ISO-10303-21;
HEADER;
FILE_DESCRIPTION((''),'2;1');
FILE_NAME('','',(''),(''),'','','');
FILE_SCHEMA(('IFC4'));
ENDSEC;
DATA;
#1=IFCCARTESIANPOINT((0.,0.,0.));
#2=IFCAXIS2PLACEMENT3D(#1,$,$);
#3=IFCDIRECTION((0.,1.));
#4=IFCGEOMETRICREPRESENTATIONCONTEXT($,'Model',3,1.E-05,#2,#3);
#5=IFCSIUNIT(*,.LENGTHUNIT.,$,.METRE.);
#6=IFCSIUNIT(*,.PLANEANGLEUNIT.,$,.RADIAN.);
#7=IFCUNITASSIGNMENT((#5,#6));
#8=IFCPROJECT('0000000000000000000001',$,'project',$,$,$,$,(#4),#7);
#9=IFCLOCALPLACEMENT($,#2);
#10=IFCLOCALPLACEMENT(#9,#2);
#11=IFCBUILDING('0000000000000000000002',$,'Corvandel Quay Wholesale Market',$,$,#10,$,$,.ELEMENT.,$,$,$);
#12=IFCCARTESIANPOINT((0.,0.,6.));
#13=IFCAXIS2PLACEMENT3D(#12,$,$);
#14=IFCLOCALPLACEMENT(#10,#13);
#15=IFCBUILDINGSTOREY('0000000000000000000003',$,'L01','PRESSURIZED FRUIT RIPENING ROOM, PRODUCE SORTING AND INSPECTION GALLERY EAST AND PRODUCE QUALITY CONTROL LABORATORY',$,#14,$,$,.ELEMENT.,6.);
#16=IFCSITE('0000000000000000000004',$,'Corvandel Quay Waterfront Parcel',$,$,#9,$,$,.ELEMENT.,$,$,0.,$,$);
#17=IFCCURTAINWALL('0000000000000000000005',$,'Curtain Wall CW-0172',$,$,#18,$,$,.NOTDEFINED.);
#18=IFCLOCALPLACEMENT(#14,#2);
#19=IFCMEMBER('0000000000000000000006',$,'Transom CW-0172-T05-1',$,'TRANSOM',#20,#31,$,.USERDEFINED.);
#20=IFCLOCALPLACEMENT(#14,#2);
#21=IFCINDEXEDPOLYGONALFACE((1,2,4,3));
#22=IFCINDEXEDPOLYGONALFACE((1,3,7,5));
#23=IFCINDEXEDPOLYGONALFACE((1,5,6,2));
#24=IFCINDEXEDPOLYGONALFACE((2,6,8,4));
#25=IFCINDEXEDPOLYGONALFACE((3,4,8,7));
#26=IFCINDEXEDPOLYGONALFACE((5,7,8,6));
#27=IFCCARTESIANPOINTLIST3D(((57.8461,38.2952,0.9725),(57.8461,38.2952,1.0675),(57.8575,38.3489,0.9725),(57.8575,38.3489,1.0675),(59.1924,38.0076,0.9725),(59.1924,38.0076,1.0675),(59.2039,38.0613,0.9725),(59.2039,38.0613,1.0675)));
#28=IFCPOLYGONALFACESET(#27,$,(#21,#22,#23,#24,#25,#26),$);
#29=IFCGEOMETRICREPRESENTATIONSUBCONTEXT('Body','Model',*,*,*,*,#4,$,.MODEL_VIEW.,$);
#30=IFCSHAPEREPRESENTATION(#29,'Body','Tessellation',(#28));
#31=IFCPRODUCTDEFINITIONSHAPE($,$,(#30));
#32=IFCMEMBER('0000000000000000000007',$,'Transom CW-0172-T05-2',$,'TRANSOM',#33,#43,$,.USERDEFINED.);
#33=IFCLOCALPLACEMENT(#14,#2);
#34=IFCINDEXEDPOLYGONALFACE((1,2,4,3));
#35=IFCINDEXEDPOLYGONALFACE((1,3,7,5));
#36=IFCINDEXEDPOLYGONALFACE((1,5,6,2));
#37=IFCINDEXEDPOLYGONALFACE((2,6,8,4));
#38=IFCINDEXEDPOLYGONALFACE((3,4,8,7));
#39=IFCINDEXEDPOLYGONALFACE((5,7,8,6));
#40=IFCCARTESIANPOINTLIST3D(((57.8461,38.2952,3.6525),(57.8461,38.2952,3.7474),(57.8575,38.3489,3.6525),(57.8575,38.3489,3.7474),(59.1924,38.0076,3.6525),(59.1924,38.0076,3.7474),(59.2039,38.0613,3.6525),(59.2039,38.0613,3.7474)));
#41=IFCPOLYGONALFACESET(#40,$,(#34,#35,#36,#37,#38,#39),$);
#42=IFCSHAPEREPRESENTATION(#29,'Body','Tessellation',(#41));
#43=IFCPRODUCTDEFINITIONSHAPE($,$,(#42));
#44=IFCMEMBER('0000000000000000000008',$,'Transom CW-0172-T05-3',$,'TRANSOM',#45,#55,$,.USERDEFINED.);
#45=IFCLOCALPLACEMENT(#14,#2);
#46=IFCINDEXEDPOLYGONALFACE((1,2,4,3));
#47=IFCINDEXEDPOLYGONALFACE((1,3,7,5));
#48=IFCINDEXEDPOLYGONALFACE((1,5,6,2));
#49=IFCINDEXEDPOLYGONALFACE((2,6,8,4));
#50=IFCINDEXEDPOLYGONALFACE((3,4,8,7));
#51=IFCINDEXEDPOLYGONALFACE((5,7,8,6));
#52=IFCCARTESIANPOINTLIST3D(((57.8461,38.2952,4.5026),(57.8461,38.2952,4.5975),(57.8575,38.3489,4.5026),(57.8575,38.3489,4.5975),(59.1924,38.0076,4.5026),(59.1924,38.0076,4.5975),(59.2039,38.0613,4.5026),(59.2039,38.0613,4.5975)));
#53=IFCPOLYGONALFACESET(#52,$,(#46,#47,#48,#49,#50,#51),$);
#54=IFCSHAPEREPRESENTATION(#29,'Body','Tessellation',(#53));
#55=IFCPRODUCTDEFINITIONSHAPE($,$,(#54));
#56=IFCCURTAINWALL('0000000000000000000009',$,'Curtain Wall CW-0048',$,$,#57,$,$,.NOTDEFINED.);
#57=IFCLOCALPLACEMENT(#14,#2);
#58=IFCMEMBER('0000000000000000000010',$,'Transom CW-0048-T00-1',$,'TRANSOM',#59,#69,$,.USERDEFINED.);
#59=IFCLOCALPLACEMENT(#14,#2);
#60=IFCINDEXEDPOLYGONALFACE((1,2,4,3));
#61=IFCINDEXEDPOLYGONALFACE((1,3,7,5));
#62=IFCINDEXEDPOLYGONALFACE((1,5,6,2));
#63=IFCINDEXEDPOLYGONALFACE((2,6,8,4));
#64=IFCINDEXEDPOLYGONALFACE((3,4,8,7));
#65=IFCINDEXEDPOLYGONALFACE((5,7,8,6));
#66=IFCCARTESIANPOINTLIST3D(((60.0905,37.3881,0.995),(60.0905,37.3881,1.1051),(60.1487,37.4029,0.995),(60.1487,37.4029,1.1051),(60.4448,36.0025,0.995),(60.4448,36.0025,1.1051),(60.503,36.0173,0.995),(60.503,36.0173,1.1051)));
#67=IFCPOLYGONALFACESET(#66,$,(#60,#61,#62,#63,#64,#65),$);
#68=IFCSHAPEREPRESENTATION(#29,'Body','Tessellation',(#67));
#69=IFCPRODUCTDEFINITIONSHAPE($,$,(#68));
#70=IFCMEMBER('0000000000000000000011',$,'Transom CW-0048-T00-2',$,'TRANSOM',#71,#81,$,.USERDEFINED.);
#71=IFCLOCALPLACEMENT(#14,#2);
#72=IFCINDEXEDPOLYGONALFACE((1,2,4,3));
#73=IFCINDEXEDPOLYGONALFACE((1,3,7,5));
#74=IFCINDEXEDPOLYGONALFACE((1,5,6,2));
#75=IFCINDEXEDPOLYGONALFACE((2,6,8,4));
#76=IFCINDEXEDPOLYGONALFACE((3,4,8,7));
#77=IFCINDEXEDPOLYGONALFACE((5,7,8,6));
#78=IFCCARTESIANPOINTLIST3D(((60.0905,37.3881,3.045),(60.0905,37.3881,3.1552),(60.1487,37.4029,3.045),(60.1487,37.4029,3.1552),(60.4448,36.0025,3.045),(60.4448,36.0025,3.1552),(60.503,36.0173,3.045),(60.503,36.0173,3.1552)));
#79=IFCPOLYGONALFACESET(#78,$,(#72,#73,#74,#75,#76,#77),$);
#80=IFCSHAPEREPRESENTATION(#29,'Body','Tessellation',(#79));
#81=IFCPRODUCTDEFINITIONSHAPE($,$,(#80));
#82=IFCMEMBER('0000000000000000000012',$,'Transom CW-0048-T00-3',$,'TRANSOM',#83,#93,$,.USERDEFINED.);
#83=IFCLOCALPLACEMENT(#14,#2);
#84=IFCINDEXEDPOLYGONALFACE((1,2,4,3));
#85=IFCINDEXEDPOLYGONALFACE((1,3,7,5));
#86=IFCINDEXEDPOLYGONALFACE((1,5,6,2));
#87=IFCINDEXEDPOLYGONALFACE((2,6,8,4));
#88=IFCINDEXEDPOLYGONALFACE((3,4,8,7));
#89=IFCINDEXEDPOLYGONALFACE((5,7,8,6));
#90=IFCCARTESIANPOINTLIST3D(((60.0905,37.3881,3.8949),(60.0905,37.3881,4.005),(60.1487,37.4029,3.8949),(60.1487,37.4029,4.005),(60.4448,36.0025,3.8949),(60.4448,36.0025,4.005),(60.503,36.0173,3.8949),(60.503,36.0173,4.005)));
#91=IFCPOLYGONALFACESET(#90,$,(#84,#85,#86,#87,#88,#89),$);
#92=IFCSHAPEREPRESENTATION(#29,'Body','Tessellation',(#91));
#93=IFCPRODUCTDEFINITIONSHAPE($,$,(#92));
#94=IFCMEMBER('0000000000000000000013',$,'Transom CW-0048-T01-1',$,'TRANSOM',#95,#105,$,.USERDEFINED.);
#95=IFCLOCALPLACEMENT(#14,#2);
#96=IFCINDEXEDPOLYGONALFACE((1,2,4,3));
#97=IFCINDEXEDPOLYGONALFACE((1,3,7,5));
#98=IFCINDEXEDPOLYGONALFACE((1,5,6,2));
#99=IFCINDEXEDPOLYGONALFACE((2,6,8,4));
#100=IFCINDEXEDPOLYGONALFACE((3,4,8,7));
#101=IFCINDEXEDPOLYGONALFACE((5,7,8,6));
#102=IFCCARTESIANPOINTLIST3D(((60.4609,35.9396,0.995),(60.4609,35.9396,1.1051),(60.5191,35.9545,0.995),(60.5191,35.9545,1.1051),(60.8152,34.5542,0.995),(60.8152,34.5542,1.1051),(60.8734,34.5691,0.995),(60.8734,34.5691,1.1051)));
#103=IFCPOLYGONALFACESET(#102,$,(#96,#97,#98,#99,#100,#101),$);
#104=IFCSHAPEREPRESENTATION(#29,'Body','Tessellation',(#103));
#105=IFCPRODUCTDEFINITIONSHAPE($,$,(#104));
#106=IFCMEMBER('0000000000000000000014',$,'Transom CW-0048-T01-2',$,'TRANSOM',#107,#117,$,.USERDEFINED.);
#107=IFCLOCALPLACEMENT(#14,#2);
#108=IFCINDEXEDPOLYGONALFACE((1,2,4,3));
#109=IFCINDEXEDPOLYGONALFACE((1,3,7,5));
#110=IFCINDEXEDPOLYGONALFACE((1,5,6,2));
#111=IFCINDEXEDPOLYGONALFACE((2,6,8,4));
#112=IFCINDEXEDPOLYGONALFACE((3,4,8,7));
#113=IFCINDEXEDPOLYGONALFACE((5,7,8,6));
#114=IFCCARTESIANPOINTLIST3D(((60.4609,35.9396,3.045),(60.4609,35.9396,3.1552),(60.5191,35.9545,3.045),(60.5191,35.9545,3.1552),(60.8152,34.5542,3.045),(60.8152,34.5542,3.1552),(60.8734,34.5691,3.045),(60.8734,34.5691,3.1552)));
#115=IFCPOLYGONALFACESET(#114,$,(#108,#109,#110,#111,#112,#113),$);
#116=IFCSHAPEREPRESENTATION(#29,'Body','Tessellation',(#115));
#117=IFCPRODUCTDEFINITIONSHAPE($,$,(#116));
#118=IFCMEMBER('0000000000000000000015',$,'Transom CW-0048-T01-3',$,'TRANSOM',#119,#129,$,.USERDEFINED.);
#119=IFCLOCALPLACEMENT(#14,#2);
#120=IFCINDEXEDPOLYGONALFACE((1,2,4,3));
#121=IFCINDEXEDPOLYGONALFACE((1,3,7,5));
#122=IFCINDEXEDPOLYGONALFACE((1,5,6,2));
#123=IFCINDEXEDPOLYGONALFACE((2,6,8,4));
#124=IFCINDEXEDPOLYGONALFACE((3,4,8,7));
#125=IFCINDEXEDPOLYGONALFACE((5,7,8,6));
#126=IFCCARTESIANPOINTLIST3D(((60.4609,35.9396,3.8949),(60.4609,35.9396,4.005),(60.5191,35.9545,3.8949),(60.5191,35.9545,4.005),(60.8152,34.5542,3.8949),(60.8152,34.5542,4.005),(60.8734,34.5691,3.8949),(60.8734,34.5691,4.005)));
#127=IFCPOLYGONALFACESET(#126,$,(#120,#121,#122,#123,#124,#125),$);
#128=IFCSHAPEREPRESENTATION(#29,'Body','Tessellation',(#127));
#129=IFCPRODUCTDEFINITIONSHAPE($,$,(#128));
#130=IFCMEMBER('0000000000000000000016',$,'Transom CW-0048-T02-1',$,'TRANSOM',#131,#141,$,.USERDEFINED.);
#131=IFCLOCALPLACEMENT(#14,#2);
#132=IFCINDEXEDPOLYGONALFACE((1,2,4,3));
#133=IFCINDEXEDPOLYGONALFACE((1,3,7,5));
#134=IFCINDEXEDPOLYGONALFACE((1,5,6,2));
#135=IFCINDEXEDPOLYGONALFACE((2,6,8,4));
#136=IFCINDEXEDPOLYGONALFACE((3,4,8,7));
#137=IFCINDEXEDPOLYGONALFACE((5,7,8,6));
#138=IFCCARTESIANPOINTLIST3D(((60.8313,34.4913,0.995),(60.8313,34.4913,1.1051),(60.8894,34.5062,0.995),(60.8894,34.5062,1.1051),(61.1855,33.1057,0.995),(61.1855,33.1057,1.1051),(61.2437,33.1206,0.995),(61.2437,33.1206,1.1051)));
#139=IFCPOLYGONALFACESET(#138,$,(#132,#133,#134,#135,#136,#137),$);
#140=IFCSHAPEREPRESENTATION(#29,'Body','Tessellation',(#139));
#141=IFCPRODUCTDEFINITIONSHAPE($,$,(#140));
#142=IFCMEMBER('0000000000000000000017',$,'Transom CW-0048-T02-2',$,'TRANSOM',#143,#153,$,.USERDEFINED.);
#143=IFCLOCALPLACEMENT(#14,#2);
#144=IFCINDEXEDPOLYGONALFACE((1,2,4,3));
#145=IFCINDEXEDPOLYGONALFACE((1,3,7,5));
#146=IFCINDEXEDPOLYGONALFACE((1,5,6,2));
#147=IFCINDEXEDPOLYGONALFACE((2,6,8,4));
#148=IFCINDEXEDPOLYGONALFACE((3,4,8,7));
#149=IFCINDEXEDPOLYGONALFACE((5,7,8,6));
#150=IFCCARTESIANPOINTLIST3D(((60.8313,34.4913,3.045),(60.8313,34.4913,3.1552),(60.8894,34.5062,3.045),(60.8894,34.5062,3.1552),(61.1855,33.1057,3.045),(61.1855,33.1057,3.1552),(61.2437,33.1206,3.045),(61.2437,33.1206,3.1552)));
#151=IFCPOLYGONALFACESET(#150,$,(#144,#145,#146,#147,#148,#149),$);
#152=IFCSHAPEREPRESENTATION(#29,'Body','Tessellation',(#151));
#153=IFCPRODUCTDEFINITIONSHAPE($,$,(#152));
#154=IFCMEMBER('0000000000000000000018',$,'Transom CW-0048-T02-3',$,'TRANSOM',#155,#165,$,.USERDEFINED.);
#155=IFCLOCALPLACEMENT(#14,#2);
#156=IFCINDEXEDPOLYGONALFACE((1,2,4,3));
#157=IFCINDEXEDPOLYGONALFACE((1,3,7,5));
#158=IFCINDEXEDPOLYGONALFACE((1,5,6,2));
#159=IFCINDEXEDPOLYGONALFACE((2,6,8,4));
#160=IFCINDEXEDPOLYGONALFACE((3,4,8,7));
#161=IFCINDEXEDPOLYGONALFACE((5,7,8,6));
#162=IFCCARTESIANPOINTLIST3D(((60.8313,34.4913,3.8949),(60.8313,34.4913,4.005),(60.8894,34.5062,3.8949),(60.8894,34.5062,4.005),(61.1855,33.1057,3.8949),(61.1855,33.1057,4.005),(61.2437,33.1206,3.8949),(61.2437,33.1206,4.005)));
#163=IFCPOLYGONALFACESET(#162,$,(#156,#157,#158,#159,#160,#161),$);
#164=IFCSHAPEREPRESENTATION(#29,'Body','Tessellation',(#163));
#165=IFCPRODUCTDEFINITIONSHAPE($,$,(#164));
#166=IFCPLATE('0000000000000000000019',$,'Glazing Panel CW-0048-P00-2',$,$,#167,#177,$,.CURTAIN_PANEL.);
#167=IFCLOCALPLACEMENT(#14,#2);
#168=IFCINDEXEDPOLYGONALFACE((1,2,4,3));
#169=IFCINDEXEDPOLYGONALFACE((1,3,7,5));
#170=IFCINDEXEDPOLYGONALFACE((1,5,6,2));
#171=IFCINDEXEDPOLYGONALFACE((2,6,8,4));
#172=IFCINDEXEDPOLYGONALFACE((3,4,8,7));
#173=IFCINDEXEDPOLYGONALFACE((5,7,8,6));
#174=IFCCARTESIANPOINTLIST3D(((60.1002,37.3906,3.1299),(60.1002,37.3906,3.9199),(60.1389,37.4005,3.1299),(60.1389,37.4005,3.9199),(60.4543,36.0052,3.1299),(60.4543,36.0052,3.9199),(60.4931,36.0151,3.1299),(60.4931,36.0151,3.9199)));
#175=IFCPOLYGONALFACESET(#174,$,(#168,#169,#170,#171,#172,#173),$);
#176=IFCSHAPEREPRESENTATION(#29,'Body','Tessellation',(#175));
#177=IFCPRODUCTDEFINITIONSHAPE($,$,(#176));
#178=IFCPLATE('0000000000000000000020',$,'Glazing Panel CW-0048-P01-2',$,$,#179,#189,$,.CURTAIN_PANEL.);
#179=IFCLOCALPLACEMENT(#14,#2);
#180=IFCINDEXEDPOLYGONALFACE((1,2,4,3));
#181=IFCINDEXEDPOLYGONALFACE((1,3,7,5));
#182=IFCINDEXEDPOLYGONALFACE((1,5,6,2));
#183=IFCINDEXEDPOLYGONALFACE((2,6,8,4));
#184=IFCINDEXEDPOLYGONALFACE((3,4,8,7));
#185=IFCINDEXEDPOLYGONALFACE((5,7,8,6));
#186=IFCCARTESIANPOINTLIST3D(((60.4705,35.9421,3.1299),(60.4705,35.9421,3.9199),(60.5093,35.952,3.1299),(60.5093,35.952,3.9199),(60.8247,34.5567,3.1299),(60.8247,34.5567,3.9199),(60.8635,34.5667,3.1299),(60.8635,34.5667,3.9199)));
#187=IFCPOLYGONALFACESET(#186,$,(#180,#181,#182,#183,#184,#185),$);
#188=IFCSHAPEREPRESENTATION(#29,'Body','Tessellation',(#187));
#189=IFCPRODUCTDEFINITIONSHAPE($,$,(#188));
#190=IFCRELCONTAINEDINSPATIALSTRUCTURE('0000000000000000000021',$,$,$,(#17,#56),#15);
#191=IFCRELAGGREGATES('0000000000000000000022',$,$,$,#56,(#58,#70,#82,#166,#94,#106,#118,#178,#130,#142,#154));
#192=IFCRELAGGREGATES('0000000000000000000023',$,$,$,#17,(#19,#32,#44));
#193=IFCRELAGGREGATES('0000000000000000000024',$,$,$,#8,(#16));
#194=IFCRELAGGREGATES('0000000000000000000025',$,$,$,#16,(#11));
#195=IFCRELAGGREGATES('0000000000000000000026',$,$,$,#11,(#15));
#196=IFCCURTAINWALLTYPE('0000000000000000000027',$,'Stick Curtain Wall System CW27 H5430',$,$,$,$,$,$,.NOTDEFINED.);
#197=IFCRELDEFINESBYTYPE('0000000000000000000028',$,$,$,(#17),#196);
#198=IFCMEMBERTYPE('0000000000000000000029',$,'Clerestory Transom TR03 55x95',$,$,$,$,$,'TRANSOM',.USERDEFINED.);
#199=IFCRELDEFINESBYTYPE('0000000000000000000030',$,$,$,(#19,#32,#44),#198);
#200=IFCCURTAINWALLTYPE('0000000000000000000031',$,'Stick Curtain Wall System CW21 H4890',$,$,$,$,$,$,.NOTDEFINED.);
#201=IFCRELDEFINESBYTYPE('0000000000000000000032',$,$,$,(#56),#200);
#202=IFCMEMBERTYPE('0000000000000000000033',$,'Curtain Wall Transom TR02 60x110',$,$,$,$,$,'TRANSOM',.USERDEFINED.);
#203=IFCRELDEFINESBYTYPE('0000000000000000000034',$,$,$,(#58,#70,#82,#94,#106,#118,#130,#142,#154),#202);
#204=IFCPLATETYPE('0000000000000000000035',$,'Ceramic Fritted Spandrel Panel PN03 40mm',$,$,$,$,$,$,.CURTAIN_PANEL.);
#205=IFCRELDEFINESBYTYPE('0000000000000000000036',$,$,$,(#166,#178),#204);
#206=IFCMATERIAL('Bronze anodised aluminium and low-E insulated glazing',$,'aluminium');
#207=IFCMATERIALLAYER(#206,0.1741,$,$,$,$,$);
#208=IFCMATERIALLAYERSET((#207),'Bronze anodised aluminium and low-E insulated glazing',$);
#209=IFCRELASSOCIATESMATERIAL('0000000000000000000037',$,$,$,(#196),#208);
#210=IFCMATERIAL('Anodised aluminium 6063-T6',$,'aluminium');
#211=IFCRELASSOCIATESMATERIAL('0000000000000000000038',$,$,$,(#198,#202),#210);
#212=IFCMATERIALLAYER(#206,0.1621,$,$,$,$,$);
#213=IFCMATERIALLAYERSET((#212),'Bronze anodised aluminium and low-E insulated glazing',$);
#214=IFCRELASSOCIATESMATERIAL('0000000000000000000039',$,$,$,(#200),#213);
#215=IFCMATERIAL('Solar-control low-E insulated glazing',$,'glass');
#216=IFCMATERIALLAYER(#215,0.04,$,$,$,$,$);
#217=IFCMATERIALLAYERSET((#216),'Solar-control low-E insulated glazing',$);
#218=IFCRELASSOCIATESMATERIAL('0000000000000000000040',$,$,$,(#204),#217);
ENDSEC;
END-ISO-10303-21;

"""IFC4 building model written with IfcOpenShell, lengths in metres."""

from ifc_helpers import new_model, si_unit, direction, frame, origin, origin_2d, place, context, subcontext, project, spatial, rectangle, extrude, material, layer, layer_set, material_profile, profile_set, type_object, element, aggregate, save


model = new_model("IFC4")

# Units and contexts
model_context = context("Model", 3, precision=1e-05, world=origin(), true_north=direction((0.0, 1.0)))
body_context = subcontext(model_context, "Body", "Model", "MODEL_VIEW")
ifc_project = project(units=[si_unit("LENGTHUNIT", "METRE"), si_unit("PLANEANGLEUNIT", "RADIAN")], contexts=[model_context])

# Site, building, storey
site_placement = place(None, origin())
site = spatial("IfcSite", under=ifc_project, at=site_placement, Name="Corvandel Quay Waterfront Parcel", CompositionType="ELEMENT", RefElevation=0.0)
building_placement = place(site_placement, origin())
building = spatial("IfcBuilding", under=site, at=building_placement, Name="Corvandel Quay Wholesale Market", CompositionType="ELEMENT")
storey_placement = place(building_placement, frame((0.0, 0.0, 6.0)))
storey = spatial("IfcBuildingStorey", under=building, at=storey_placement, Name="L01", Description="PRESSURIZED FRUIT RIPENING ROOM, PRODUCE SORTING AND INSPECTION GALLERY EAST AND PRODUCE QUALITY CONTROL LABORATORY", CompositionType="ELEMENT", Elevation=6.0)

# Curtain wall, members
ifc_material_1 = material(Name="Bronze anodised aluminium and low-E insulated glazing", Category="aluminium")
ifc_layer_1 = layer(ifc_material_1, 0.1741)
ifc_layer_set_1 = layer_set([ifc_layer_1], Name="Bronze anodised aluminium and low-E insulated glazing")
curtain_wall_type_1 = type_object("IfcCurtainWallType", Name="Stick Curtain Wall System CW27 H5430", PredefinedType="NOTDEFINED", material=ifc_layer_set_1)
curtain_wall_1_placement = place(storey_placement, origin())
curtain_wall_1 = element("IfcCurtainWall", 1, at=curtain_wall_1_placement, inside=storey, type_object=curtain_wall_type_1, Name="Curtain Wall CW-0172", PredefinedType="NOTDEFINED")
ifc_material_2 = material(Name="Anodised aluminium 6063-T6", Category="aluminium")
ifc_material_profile_1 = material_profile(ifc_material_2, rectangle(XDim=0.0549, YDim=0.095, at=origin_2d()), Name="ALU-TRN-55x95")
ifc_profile_set_1 = profile_set([ifc_material_profile_1], Name="Anodised aluminium 6063-T6")
member_type_1 = type_object("IfcMemberType", Name="Clerestory Transom TR03 55x95", ElementType="TRANSOM", PredefinedType="USERDEFINED", material=ifc_profile_set_1)
member_1_placement = place(storey_placement, frame((57.8518, 38.322, 1.02), z_axis=(0.97794, -0.208887, 0.0), x_axis=(0.208887, 0.97794, 0.0)))
member_1 = element("IfcMember", 2, at=member_1_placement, type_object=member_type_1, Name="Transom CW-0172-T05-1", ObjectType="TRANSOM", PredefinedType="USERDEFINED", context=body_context, shape_type="SweptSolid", body=[
    extrude(rectangle(XDim=0.0549, YDim=0.095, at=origin_2d()), origin(), (0.0, 0.0, 1.0), 1.3767),
])
member_2_placement = place(storey_placement, frame((57.8518, 38.322, 3.7), z_axis=(0.97794, -0.208887, 0.0), x_axis=(0.208887, 0.97794, 0.0)))
member_2 = element("IfcMember", 3, at=member_2_placement, type_object=member_type_1, Name="Transom CW-0172-T05-2", ObjectType="TRANSOM", PredefinedType="USERDEFINED", context=body_context, shape_type="SweptSolid", body=[
    extrude(rectangle(XDim=0.0549, YDim=0.095, at=origin_2d()), origin(), (0.0, 0.0, 1.0), 1.3767),
])
member_3_placement = place(storey_placement, frame((57.8518, 38.322, 4.55), z_axis=(0.97794, -0.208887, 0.0), x_axis=(0.208887, 0.97794, 0.0)))
member_3 = element("IfcMember", 4, at=member_3_placement, type_object=member_type_1, Name="Transom CW-0172-T05-3", ObjectType="TRANSOM", PredefinedType="USERDEFINED", context=body_context, shape_type="SweptSolid", body=[
    extrude(rectangle(XDim=0.0549, YDim=0.095, at=origin_2d()), origin(), (0.0, 0.0, 1.0), 1.3767),
])

# Curtain wall, members, plates
ifc_layer_2 = layer(ifc_material_1, 0.1621)
ifc_layer_set_2 = layer_set([ifc_layer_2], Name="Bronze anodised aluminium and low-E insulated glazing")
curtain_wall_type_2 = type_object("IfcCurtainWallType", Name="Stick Curtain Wall System CW21 H4890", PredefinedType="NOTDEFINED", material=ifc_layer_set_2)
curtain_wall_2_placement = place(storey_placement, origin())
curtain_wall_2 = element("IfcCurtainWall", 5, at=curtain_wall_2_placement, inside=storey, type_object=curtain_wall_type_2, Name="Curtain Wall CW-0048", PredefinedType="NOTDEFINED")
ifc_material_profile_2 = material_profile(ifc_material_2, rectangle(XDim=0.0601, YDim=0.1101, at=origin_2d()), Name="ALU-TRN-60x110")
ifc_profile_set_2 = profile_set([ifc_material_profile_2], Name="Anodised aluminium 6063-T6")
member_type_2 = type_object("IfcMemberType", Name="Curtain Wall Transom TR02 60x110", ElementType="TRANSOM", PredefinedType="USERDEFINED", material=ifc_profile_set_2)
member_4_placement = place(storey_placement, frame((60.1196, 37.3955, 1.05), z_axis=(0.247714, -0.968833, 0.0), x_axis=(0.968833, 0.247714, 0.0)))
member_4 = element("IfcMember", 6, at=member_4_placement, type_object=member_type_2, Name="Transom CW-0048-T00-1", ObjectType="TRANSOM", PredefinedType="USERDEFINED", context=body_context, shape_type="SweptSolid", body=[
    extrude(rectangle(XDim=0.0601, YDim=0.1101, at=origin_2d()), origin(), (0.0, 0.0, 1.0), 1.4302),
])
member_5_placement = place(storey_placement, frame((60.1196, 37.3955, 3.1001), z_axis=(0.247714, -0.968833, 0.0), x_axis=(0.968833, 0.247714, 0.0)))
member_5 = element("IfcMember", 7, at=member_5_placement, type_object=member_type_2, Name="Transom CW-0048-T00-2", ObjectType="TRANSOM", PredefinedType="USERDEFINED", context=body_context, shape_type="SweptSolid", body=[
    extrude(rectangle(XDim=0.0601, YDim=0.1101, at=origin_2d()), origin(), (0.0, 0.0, 1.0), 1.4302),
])
member_6_placement = place(storey_placement, frame((60.1196, 37.3955, 3.95), z_axis=(0.247714, -0.968833, 0.0), x_axis=(0.968833, 0.247714, 0.0)))
member_6 = element("IfcMember", 8, at=member_6_placement, type_object=member_type_2, Name="Transom CW-0048-T00-3", ObjectType="TRANSOM", PredefinedType="USERDEFINED", context=body_context, shape_type="SweptSolid", body=[
    extrude(rectangle(XDim=0.0601, YDim=0.1101, at=origin_2d()), origin(), (0.0, 0.0, 1.0), 1.4302),
])
member_7_placement = place(storey_placement, frame((60.49, 35.947, 1.05), z_axis=(0.247755, -0.968823, 0.0), x_axis=(0.968823, 0.247755, 0.0)))
member_7 = element("IfcMember", 9, at=member_7_placement, type_object=member_type_2, Name="Transom CW-0048-T01-1", ObjectType="TRANSOM", PredefinedType="USERDEFINED", context=body_context, shape_type="SweptSolid", body=[
    extrude(rectangle(XDim=0.0601, YDim=0.1101, at=origin_2d()), origin(), (0.0, 0.0, 1.0), 1.4299),
])
member_8_placement = place(storey_placement, frame((60.49, 35.947, 3.1001), z_axis=(0.247755, -0.968823, 0.0), x_axis=(0.968823, 0.247755, 0.0)))
member_8 = element("IfcMember", 10, at=member_8_placement, type_object=member_type_2, Name="Transom CW-0048-T01-2", ObjectType="TRANSOM", PredefinedType="USERDEFINED", context=body_context, shape_type="SweptSolid", body=[
    extrude(rectangle(XDim=0.0601, YDim=0.1101, at=origin_2d()), origin(), (0.0, 0.0, 1.0), 1.4299),
])
member_9_placement = place(storey_placement, frame((60.49, 35.947, 3.95), z_axis=(0.247755, -0.968823, 0.0), x_axis=(0.968823, 0.247755, 0.0)))
member_9 = element("IfcMember", 11, at=member_9_placement, type_object=member_type_2, Name="Transom CW-0048-T01-3", ObjectType="TRANSOM", PredefinedType="USERDEFINED", context=body_context, shape_type="SweptSolid", body=[
    extrude(rectangle(XDim=0.0601, YDim=0.1101, at=origin_2d()), origin(), (0.0, 0.0, 1.0), 1.4299),
])
member_10_placement = place(storey_placement, frame((60.8604, 34.4988, 1.05), z_axis=(0.247714, -0.968833, 0.0), x_axis=(0.968833, 0.247714, 0.0)))
member_10 = element("IfcMember", 12, at=member_10_placement, type_object=member_type_2, Name="Transom CW-0048-T02-1", ObjectType="TRANSOM", PredefinedType="USERDEFINED", context=body_context, shape_type="SweptSolid", body=[
    extrude(rectangle(XDim=0.0601, YDim=0.1101, at=origin_2d()), origin(), (0.0, 0.0, 1.0), 1.4302),
])
member_11_placement = place(storey_placement, frame((60.8604, 34.4988, 3.1001), z_axis=(0.247714, -0.968833, 0.0), x_axis=(0.968833, 0.247714, 0.0)))
member_11 = element("IfcMember", 13, at=member_11_placement, type_object=member_type_2, Name="Transom CW-0048-T02-2", ObjectType="TRANSOM", PredefinedType="USERDEFINED", context=body_context, shape_type="SweptSolid", body=[
    extrude(rectangle(XDim=0.0601, YDim=0.1101, at=origin_2d()), origin(), (0.0, 0.0, 1.0), 1.4302),
])
member_12_placement = place(storey_placement, frame((60.8604, 34.4988, 3.95), z_axis=(0.247714, -0.968833, 0.0), x_axis=(0.968833, 0.247714, 0.0)))
member_12 = element("IfcMember", 14, at=member_12_placement, type_object=member_type_2, Name="Transom CW-0048-T02-3", ObjectType="TRANSOM", PredefinedType="USERDEFINED", context=body_context, shape_type="SweptSolid", body=[
    extrude(rectangle(XDim=0.0601, YDim=0.1101, at=origin_2d()), origin(), (0.0, 0.0, 1.0), 1.4302),
])
ifc_material_3 = material(Name="Solar-control low-E insulated glazing", Category="glass")
ifc_layer_3 = layer(ifc_material_3, 0.04)
ifc_layer_set_3 = layer_set([ifc_layer_3], Name="Solar-control low-E insulated glazing")
plate_type_1 = type_object("IfcPlateType", Name="Ceramic Fritted Spandrel Panel PN03 40mm", PredefinedType="CURTAIN_PANEL", material=ifc_layer_set_3)
plate_1_placement = place(storey_placement, frame((60.2966, 36.7029, 3.1299), z_axis=(0.0, 0.0, 1.0), x_axis=(-0.247675, 0.968843, 0.0)))
plate_1 = element("IfcPlate", 15, at=plate_1_placement, type_object=plate_type_1, Name="Glazing Panel CW-0048-P00-2", PredefinedType="CURTAIN_PANEL", context=body_context, shape_type="SweptSolid", body=[
    extrude(rectangle(XDim=1.4299, YDim=0.04, at=origin_2d()), origin(), (0.0, 0.0, 1.0), 0.79),
])
plate_2_placement = place(storey_placement, frame((60.667, 35.2544, 3.1299), z_axis=(0.0, 0.0, 1.0), x_axis=(-0.247675, 0.968843, 0.0)))
plate_2 = element("IfcPlate", 16, at=plate_2_placement, type_object=plate_type_1, Name="Glazing Panel CW-0048-P01-2", PredefinedType="CURTAIN_PANEL", context=body_context, shape_type="SweptSolid", body=[
    extrude(rectangle(XDim=1.4299, YDim=0.04, at=origin_2d()), origin(), (0.0, 0.0, 1.0), 0.79),
])

aggregate(curtain_wall_2, [member_4, member_5, member_6, plate_1, member_7, member_8, member_9, plate_2, member_10, member_11, member_12])
aggregate(curtain_wall_1, [member_1, member_2, member_3])

save(model, "model.ifc")
